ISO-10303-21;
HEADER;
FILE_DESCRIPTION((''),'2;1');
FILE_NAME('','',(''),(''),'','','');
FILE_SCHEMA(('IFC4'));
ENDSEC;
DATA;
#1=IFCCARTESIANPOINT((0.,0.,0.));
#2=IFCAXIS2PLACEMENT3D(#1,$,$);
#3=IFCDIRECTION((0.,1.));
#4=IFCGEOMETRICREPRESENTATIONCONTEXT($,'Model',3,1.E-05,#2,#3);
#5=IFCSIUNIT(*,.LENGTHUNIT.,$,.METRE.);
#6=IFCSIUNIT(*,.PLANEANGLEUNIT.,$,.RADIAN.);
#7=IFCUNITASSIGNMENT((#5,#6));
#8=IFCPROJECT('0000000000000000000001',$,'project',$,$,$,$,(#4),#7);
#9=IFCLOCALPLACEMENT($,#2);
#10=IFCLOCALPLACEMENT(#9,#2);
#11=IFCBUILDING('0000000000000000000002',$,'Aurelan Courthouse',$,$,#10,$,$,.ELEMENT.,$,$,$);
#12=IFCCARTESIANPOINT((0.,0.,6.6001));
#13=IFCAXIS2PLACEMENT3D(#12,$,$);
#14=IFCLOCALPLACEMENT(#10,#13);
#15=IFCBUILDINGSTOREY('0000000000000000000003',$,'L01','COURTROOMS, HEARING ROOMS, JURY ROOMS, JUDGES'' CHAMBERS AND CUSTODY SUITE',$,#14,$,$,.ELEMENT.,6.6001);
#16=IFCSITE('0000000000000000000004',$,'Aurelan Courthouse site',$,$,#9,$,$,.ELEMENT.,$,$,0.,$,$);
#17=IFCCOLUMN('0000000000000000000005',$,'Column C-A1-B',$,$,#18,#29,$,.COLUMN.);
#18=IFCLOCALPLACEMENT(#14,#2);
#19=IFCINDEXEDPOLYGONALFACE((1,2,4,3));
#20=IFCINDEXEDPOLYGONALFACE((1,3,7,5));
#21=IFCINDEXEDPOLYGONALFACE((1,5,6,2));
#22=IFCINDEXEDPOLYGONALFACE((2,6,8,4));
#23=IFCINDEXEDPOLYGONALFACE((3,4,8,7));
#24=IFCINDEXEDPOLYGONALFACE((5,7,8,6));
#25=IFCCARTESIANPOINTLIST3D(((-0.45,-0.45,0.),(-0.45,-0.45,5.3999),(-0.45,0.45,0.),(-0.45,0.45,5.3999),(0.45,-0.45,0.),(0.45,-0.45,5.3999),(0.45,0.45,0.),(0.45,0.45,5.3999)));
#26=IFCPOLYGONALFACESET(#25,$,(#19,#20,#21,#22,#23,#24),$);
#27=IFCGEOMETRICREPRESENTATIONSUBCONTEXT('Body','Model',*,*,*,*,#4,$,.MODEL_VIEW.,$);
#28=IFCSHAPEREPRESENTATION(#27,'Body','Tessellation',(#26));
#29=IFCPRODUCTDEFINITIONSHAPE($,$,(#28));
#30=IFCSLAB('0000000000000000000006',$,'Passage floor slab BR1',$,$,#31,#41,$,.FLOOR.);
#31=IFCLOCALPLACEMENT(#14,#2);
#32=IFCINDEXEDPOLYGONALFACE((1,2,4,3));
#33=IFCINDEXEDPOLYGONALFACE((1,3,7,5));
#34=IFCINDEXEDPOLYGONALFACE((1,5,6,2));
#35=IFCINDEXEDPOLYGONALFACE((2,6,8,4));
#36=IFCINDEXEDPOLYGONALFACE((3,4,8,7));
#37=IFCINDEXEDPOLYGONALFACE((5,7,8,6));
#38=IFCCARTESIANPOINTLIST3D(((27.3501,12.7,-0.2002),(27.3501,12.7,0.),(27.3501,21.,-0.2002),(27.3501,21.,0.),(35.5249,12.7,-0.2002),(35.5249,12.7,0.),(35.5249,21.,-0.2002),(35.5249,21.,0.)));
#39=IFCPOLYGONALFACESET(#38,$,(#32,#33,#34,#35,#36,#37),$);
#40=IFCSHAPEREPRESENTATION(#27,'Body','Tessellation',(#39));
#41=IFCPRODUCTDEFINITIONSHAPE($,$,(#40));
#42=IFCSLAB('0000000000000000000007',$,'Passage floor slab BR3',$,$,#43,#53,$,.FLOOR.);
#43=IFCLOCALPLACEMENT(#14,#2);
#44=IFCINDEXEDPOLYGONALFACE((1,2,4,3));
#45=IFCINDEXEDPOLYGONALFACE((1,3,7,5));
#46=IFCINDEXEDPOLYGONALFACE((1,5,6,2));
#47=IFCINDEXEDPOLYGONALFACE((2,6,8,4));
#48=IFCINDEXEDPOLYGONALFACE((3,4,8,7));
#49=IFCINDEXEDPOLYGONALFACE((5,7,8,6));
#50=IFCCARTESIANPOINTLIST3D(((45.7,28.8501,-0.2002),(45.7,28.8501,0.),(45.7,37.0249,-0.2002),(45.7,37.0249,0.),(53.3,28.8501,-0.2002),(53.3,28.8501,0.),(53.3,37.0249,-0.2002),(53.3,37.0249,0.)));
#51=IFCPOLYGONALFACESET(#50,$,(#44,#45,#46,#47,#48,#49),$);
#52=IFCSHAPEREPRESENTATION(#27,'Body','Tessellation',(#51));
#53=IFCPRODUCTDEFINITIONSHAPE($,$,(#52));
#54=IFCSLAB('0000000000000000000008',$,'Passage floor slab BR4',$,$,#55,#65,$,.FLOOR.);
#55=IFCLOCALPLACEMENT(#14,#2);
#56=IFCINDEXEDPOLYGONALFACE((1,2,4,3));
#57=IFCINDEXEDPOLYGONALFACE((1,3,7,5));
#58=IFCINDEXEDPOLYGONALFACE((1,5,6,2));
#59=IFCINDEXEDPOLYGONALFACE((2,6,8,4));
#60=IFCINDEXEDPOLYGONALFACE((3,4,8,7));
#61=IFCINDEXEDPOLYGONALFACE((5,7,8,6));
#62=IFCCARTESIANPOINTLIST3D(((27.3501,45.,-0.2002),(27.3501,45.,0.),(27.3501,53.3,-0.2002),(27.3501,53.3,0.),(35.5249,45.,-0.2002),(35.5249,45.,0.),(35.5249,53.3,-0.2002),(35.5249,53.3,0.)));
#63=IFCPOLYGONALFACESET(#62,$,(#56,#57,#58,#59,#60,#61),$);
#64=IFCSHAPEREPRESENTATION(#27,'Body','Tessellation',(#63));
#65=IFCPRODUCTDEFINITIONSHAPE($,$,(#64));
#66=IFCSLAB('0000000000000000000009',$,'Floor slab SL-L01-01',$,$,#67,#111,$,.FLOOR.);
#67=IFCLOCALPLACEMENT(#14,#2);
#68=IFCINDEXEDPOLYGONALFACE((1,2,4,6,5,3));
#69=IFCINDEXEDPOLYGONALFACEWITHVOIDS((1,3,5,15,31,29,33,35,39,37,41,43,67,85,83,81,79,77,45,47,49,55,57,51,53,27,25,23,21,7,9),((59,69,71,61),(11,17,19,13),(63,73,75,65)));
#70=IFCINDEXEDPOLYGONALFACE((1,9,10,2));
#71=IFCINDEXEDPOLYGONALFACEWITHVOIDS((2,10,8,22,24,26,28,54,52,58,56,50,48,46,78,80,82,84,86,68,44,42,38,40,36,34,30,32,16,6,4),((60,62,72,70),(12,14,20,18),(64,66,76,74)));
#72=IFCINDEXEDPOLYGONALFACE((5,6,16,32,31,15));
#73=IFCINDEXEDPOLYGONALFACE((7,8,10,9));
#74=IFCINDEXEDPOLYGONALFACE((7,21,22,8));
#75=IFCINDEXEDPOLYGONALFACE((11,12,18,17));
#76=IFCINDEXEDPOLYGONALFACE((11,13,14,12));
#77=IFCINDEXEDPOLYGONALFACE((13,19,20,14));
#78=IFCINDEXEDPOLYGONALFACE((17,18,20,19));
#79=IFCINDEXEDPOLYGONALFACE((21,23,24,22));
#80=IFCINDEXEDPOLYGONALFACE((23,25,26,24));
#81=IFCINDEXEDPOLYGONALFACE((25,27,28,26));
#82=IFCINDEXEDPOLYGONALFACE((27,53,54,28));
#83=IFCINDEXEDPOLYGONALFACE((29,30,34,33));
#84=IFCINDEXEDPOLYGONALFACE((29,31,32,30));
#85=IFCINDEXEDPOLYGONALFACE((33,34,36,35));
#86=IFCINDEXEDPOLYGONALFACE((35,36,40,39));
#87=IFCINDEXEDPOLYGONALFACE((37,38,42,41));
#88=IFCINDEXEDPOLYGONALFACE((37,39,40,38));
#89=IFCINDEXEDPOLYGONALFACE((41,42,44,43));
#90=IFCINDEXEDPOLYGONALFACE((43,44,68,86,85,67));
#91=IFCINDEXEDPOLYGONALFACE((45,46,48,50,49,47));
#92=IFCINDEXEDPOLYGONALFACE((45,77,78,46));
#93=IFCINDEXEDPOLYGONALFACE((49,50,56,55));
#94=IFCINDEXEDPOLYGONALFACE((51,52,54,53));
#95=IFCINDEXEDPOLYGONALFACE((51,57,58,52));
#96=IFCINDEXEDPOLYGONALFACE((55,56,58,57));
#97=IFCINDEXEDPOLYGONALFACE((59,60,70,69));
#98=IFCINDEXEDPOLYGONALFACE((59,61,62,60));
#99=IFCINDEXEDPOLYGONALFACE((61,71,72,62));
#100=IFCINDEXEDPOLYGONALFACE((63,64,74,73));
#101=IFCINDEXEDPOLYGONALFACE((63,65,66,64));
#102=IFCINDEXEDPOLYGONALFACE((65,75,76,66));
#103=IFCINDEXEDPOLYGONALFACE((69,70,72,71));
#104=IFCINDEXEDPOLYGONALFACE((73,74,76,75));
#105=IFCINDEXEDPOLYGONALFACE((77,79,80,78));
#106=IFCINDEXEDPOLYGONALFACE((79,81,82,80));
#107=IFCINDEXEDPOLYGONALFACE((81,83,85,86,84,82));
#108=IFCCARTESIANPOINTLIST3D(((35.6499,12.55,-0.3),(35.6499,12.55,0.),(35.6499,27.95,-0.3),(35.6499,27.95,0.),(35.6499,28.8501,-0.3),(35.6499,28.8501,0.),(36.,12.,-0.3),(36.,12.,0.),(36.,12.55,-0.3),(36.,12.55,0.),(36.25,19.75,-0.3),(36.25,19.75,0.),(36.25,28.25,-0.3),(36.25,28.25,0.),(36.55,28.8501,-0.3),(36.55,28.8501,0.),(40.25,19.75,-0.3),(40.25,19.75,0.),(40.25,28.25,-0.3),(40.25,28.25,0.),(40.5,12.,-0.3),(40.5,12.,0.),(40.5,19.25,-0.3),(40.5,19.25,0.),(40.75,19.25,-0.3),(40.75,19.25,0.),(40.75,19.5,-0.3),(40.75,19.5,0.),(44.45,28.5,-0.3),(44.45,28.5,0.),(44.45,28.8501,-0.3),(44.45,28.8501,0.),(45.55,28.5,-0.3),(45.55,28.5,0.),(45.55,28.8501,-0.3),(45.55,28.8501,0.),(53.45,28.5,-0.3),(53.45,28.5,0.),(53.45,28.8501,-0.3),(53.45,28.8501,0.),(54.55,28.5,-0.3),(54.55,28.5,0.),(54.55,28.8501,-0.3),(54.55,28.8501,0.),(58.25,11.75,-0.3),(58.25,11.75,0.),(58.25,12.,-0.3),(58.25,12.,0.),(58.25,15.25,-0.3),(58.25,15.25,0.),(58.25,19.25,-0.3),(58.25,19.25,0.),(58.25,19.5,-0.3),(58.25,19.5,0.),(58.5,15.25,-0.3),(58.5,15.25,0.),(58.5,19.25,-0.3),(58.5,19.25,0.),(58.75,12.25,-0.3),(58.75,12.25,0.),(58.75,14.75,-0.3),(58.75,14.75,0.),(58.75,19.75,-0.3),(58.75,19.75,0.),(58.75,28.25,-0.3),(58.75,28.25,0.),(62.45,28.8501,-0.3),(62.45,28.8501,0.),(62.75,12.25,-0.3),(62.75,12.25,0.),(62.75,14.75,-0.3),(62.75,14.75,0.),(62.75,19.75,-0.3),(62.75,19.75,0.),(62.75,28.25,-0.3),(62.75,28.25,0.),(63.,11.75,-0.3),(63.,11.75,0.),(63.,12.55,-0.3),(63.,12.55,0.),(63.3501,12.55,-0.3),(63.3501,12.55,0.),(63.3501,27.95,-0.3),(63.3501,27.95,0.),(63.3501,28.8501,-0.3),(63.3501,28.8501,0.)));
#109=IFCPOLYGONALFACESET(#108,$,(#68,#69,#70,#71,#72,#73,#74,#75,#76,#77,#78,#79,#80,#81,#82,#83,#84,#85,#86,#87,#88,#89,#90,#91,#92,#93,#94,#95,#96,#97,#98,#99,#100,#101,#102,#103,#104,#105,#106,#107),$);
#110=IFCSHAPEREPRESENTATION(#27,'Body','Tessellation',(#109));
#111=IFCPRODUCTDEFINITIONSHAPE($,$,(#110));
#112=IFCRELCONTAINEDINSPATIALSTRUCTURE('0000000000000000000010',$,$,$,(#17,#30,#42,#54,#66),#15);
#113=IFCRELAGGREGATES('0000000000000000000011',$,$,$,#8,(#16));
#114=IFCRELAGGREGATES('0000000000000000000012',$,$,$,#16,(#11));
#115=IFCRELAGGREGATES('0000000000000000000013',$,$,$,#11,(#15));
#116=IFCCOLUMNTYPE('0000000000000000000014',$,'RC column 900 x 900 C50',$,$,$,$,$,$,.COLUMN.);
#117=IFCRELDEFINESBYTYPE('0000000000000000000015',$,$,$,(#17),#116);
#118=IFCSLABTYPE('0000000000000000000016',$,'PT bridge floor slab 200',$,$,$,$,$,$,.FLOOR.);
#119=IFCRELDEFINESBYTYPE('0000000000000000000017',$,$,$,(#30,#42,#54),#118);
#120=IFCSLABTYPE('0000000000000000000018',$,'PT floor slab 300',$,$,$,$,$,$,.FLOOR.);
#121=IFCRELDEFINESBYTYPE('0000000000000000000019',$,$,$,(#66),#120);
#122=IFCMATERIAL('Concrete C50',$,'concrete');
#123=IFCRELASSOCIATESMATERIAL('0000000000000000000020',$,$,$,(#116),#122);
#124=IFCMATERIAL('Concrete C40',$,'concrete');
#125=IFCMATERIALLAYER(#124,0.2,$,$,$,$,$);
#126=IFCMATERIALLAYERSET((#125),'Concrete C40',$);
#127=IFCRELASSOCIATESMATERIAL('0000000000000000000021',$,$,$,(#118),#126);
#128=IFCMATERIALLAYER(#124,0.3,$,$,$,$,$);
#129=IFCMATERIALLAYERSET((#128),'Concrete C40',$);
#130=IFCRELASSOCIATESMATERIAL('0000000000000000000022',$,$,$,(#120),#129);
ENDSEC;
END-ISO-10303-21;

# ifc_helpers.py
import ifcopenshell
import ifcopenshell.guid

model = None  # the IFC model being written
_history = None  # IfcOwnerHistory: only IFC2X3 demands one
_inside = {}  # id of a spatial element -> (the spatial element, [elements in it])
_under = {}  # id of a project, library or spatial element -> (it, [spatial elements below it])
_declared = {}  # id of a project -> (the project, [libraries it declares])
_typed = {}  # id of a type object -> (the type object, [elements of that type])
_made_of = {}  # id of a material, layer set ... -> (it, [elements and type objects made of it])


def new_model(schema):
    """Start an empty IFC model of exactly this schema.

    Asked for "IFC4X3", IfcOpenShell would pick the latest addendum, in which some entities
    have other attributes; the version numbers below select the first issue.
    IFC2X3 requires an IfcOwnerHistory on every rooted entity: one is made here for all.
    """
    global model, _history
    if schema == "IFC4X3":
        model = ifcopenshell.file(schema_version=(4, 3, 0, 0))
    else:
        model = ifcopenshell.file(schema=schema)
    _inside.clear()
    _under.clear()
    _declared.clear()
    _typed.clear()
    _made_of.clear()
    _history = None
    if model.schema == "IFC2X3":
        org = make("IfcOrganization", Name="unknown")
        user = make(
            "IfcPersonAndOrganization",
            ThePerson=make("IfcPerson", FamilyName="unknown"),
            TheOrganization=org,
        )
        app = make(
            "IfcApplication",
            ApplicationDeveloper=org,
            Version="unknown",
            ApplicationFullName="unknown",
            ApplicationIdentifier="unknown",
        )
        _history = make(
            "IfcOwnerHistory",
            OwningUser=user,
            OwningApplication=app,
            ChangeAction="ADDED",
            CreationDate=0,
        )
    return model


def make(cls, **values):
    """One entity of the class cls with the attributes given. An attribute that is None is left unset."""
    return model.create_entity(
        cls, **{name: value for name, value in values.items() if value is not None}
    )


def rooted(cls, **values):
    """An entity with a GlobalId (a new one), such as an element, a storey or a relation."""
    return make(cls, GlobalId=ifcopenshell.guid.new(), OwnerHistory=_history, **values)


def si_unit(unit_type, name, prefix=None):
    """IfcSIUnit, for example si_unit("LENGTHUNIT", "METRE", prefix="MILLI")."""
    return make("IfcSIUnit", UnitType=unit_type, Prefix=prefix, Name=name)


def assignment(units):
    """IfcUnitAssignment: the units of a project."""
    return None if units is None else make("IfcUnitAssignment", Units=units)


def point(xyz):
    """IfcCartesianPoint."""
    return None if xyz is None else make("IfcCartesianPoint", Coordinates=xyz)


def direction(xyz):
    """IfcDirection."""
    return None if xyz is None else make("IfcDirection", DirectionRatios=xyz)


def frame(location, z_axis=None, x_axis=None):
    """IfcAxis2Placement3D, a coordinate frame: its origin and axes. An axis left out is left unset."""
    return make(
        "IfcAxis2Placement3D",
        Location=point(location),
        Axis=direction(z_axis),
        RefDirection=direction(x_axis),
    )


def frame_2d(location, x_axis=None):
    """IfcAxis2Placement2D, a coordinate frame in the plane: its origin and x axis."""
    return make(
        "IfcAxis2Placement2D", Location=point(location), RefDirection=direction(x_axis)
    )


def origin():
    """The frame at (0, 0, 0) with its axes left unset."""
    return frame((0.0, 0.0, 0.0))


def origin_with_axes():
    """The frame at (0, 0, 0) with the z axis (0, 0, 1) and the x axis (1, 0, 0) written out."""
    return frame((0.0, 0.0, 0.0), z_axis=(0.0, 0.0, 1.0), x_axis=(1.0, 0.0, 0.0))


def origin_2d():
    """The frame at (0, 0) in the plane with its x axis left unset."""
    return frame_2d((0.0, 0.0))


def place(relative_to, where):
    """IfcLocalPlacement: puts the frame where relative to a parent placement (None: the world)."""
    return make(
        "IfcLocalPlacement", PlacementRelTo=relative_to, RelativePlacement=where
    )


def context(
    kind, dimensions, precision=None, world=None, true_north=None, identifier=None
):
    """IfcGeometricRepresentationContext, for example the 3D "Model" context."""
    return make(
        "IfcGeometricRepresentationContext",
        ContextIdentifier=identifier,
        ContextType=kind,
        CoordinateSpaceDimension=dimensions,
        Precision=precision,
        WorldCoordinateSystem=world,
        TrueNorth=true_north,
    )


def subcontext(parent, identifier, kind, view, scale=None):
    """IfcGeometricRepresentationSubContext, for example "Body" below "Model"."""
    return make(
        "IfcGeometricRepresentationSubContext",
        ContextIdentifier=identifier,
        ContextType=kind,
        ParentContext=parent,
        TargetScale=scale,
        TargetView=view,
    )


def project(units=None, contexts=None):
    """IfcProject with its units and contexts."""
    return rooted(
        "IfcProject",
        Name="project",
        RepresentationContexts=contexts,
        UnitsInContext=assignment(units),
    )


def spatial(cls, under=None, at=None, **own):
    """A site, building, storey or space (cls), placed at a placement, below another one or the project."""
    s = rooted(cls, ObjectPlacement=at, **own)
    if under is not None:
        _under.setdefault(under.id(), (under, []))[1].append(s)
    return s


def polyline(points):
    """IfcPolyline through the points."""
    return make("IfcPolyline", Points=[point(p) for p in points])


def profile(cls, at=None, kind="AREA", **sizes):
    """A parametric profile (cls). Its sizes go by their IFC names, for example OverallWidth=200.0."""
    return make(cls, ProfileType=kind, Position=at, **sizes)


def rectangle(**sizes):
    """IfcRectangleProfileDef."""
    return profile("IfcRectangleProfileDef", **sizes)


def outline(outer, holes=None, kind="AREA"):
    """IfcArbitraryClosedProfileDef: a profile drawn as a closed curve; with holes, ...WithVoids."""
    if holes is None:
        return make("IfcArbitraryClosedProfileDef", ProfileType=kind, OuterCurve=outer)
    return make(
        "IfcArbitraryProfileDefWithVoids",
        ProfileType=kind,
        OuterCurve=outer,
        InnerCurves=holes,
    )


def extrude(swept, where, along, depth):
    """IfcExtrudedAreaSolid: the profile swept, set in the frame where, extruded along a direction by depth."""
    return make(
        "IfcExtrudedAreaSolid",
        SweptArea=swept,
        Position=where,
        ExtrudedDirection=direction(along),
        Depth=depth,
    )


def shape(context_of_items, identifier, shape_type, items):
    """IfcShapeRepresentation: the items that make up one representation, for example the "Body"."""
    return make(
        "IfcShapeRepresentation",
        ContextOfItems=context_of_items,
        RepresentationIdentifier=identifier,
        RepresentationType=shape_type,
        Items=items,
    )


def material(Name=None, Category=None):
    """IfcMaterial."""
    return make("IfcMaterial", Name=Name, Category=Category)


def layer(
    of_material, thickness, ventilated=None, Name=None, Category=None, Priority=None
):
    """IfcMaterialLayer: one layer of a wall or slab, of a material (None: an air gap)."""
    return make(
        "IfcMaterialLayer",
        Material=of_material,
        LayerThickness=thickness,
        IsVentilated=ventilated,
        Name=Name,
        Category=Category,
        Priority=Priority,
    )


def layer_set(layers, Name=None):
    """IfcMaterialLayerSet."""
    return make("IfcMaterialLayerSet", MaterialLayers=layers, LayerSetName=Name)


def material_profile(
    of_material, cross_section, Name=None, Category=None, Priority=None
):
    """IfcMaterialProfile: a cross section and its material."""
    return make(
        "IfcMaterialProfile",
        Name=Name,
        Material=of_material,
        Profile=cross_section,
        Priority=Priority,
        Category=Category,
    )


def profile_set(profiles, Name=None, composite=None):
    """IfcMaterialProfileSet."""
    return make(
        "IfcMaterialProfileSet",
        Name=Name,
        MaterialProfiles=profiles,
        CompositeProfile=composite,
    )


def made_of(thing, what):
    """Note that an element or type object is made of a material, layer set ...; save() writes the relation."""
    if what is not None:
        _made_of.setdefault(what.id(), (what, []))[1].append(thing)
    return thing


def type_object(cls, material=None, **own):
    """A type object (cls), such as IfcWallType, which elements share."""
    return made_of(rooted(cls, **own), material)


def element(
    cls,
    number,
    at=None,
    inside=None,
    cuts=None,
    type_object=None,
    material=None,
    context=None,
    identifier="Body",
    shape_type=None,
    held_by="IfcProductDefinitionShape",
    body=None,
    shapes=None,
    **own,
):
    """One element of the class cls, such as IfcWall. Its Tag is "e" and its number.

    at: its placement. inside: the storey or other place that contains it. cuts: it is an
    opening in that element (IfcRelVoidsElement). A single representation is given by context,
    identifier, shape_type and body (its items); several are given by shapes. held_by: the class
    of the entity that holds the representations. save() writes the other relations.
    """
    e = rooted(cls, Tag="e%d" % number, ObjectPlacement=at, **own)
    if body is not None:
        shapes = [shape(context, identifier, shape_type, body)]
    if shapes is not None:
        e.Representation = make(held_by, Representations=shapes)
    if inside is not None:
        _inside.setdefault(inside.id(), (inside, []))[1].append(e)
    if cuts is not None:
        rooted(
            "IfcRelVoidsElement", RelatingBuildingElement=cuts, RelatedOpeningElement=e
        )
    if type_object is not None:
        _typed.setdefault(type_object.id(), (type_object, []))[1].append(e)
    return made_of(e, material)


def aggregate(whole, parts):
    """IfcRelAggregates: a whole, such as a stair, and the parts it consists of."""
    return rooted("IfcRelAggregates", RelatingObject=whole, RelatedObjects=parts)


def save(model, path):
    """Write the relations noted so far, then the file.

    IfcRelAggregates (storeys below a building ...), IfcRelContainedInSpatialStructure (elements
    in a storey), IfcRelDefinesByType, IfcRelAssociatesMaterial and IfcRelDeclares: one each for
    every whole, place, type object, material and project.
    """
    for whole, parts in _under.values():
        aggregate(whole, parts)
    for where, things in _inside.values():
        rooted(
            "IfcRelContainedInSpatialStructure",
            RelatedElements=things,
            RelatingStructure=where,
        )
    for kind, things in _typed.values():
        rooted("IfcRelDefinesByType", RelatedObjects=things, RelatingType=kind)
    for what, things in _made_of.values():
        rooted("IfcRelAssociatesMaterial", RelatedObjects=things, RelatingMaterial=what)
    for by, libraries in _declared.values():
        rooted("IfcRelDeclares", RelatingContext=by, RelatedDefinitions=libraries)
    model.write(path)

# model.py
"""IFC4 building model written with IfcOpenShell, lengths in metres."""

from ifc_helpers import new_model, si_unit, direction, frame, origin, origin_with_axes, origin_2d, place, context, subcontext, project, spatial, polyline, rectangle, outline, extrude, material, layer, layer_set, material_profile, profile_set, type_object, element, save


model = new_model("IFC4")

# Units and contexts
model_context = context("Model", 3, precision=1e-05, world=origin(), true_north=direction((0.0, 1.0)))
body_context = subcontext(model_context, "Body", "Model", "MODEL_VIEW")
ifc_project = project(units=[si_unit("LENGTHUNIT", "METRE"), si_unit("PLANEANGLEUNIT", "RADIAN")], contexts=[model_context])

# Site, building, storey
site_placement = place(None, origin())
site = spatial("IfcSite", under=ifc_project, at=site_placement, Name="Aurelan Courthouse site", CompositionType="ELEMENT", RefElevation=0.0)
building_placement = place(site_placement, origin())
building = spatial("IfcBuilding", under=site, at=building_placement, Name="Aurelan Courthouse", CompositionType="ELEMENT")
storey_placement = place(building_placement, frame((0.0, 0.0, 6.6001)))
storey = spatial("IfcBuildingStorey", under=building, at=storey_placement, Name="L01", Description="COURTROOMS, HEARING ROOMS, JURY ROOMS, JUDGES' CHAMBERS AND CUSTODY SUITE", CompositionType="ELEMENT", Elevation=6.6001)

# Column
ifc_material_1 = material(Name="Concrete C50", Category="concrete")
ifc_material_profile = material_profile(ifc_material_1, rectangle(XDim=0.8999, YDim=0.8999, at=origin_2d()), Name="RC 900 x 900")
ifc_profile_set = profile_set([ifc_material_profile], Name="Concrete C50")
column_type = type_object("IfcColumnType", Name="RC column 900 x 900 C50", PredefinedType="COLUMN", material=ifc_profile_set)
column_placement = place(storey_placement, origin_with_axes())
element("IfcColumn", 1, at=column_placement, inside=storey, type_object=column_type, Name="Column C-A1-B", PredefinedType="COLUMN", context=body_context, shape_type="SweptSolid", body=[
    extrude(rectangle(XDim=0.8999, YDim=0.8999, at=origin_2d()), origin(), (0.0, 0.0, 1.0), 5.3999),
])

# Slabs
ifc_material_2 = material(Name="Concrete C40", Category="concrete")
ifc_layer_1 = layer(ifc_material_2, 0.2)
ifc_layer_set_1 = layer_set([ifc_layer_1], Name="Concrete C40")
slab_type_1 = type_object("IfcSlabType", Name="PT bridge floor slab 200", PredefinedType="FLOOR", material=ifc_layer_set_1)
slab_1_placement = place(storey_placement, frame((0.0, 0.0, -0.2002)))
element("IfcSlab", 2, at=slab_1_placement, inside=storey, type_object=slab_type_1, Name="Passage floor slab BR1", PredefinedType="FLOOR", context=body_context, shape_type="SweptSolid", body=[
    extrude(outline(polyline([(27.3501, 12.7), (35.5249, 12.7), (35.5249, 21.0), (27.3501, 21.0), (27.3501, 12.7)])), origin(), (0.0, 0.0, 1.0), 0.2002),
])
slab_2_placement = place(storey_placement, frame((0.0, 0.0, -0.2002)))
element("IfcSlab", 3, at=slab_2_placement, inside=storey, type_object=slab_type_1, Name="Passage floor slab BR3", PredefinedType="FLOOR", context=body_context, shape_type="SweptSolid", body=[
    extrude(outline(polyline([(45.7, 28.8501), (53.3, 28.8501), (53.3, 37.0249), (45.7, 37.0249), (45.7, 28.8501)])), origin(), (0.0, 0.0, 1.0), 0.2002),
])
slab_3_placement = place(storey_placement, frame((0.0, 0.0, -0.2002)))
element("IfcSlab", 4, at=slab_3_placement, inside=storey, type_object=slab_type_1, Name="Passage floor slab BR4", PredefinedType="FLOOR", context=body_context, shape_type="SweptSolid", body=[
    extrude(outline(polyline([(27.3501, 45.0), (35.5249, 45.0), (35.5249, 53.3), (27.3501, 53.3), (27.3501, 45.0)])), origin(), (0.0, 0.0, 1.0), 0.2002),
])
ifc_layer_2 = layer(ifc_material_2, 0.3)
ifc_layer_set_2 = layer_set([ifc_layer_2], Name="Concrete C40")
slab_type_2 = type_object("IfcSlabType", Name="PT floor slab 300", PredefinedType="FLOOR", material=ifc_layer_set_2)
slab_4_placement = place(storey_placement, frame((0.0, 0.0, -0.3)))
element("IfcSlab", 5, at=slab_4_placement, inside=storey, type_object=slab_type_2, Name="Floor slab SL-L01-01", PredefinedType="FLOOR", context=body_context, shape_type="SweptSolid", body=[
    extrude(outline(polyline([(58.5, 19.25), (58.5, 15.25), (58.25, 15.25), (58.25, 12.0), (58.25, 11.75), (63.0, 11.75), (63.0, 12.55), (63.3501, 12.55), (63.3501, 27.95), (63.3501, 28.8501), (62.45, 28.8501), (54.55, 28.8501), (54.55, 28.5), (53.45, 28.5), (53.45, 28.8501), (45.55, 28.8501), (45.55, 28.5), (44.45, 28.5), (44.45, 28.8501), (36.55, 28.8501), (35.6499, 28.8501), (35.6499, 27.95), (35.6499, 12.55), (36.0, 12.55), (36.0, 12.0), (40.5, 12.0), (40.5, 19.25), (40.75, 19.25), (40.75, 19.5), (58.25, 19.5), (58.25, 19.25), (58.5, 19.25)]), holes=[polyline([(58.75, 19.75), (58.75, 28.25), (62.75, 28.25), (62.75, 19.75), (58.75, 19.75)]), polyline([(62.75, 14.75), (62.75, 12.25), (58.75, 12.25), (58.75, 14.75), (62.75, 14.75)]), polyline([(36.25, 28.25), (40.25, 28.25), (40.25, 19.75), (36.25, 19.75), (36.25, 28.25)])]), origin(), (0.0, 0.0, 1.0), 0.3),
])

save(model, "model.ifc")
